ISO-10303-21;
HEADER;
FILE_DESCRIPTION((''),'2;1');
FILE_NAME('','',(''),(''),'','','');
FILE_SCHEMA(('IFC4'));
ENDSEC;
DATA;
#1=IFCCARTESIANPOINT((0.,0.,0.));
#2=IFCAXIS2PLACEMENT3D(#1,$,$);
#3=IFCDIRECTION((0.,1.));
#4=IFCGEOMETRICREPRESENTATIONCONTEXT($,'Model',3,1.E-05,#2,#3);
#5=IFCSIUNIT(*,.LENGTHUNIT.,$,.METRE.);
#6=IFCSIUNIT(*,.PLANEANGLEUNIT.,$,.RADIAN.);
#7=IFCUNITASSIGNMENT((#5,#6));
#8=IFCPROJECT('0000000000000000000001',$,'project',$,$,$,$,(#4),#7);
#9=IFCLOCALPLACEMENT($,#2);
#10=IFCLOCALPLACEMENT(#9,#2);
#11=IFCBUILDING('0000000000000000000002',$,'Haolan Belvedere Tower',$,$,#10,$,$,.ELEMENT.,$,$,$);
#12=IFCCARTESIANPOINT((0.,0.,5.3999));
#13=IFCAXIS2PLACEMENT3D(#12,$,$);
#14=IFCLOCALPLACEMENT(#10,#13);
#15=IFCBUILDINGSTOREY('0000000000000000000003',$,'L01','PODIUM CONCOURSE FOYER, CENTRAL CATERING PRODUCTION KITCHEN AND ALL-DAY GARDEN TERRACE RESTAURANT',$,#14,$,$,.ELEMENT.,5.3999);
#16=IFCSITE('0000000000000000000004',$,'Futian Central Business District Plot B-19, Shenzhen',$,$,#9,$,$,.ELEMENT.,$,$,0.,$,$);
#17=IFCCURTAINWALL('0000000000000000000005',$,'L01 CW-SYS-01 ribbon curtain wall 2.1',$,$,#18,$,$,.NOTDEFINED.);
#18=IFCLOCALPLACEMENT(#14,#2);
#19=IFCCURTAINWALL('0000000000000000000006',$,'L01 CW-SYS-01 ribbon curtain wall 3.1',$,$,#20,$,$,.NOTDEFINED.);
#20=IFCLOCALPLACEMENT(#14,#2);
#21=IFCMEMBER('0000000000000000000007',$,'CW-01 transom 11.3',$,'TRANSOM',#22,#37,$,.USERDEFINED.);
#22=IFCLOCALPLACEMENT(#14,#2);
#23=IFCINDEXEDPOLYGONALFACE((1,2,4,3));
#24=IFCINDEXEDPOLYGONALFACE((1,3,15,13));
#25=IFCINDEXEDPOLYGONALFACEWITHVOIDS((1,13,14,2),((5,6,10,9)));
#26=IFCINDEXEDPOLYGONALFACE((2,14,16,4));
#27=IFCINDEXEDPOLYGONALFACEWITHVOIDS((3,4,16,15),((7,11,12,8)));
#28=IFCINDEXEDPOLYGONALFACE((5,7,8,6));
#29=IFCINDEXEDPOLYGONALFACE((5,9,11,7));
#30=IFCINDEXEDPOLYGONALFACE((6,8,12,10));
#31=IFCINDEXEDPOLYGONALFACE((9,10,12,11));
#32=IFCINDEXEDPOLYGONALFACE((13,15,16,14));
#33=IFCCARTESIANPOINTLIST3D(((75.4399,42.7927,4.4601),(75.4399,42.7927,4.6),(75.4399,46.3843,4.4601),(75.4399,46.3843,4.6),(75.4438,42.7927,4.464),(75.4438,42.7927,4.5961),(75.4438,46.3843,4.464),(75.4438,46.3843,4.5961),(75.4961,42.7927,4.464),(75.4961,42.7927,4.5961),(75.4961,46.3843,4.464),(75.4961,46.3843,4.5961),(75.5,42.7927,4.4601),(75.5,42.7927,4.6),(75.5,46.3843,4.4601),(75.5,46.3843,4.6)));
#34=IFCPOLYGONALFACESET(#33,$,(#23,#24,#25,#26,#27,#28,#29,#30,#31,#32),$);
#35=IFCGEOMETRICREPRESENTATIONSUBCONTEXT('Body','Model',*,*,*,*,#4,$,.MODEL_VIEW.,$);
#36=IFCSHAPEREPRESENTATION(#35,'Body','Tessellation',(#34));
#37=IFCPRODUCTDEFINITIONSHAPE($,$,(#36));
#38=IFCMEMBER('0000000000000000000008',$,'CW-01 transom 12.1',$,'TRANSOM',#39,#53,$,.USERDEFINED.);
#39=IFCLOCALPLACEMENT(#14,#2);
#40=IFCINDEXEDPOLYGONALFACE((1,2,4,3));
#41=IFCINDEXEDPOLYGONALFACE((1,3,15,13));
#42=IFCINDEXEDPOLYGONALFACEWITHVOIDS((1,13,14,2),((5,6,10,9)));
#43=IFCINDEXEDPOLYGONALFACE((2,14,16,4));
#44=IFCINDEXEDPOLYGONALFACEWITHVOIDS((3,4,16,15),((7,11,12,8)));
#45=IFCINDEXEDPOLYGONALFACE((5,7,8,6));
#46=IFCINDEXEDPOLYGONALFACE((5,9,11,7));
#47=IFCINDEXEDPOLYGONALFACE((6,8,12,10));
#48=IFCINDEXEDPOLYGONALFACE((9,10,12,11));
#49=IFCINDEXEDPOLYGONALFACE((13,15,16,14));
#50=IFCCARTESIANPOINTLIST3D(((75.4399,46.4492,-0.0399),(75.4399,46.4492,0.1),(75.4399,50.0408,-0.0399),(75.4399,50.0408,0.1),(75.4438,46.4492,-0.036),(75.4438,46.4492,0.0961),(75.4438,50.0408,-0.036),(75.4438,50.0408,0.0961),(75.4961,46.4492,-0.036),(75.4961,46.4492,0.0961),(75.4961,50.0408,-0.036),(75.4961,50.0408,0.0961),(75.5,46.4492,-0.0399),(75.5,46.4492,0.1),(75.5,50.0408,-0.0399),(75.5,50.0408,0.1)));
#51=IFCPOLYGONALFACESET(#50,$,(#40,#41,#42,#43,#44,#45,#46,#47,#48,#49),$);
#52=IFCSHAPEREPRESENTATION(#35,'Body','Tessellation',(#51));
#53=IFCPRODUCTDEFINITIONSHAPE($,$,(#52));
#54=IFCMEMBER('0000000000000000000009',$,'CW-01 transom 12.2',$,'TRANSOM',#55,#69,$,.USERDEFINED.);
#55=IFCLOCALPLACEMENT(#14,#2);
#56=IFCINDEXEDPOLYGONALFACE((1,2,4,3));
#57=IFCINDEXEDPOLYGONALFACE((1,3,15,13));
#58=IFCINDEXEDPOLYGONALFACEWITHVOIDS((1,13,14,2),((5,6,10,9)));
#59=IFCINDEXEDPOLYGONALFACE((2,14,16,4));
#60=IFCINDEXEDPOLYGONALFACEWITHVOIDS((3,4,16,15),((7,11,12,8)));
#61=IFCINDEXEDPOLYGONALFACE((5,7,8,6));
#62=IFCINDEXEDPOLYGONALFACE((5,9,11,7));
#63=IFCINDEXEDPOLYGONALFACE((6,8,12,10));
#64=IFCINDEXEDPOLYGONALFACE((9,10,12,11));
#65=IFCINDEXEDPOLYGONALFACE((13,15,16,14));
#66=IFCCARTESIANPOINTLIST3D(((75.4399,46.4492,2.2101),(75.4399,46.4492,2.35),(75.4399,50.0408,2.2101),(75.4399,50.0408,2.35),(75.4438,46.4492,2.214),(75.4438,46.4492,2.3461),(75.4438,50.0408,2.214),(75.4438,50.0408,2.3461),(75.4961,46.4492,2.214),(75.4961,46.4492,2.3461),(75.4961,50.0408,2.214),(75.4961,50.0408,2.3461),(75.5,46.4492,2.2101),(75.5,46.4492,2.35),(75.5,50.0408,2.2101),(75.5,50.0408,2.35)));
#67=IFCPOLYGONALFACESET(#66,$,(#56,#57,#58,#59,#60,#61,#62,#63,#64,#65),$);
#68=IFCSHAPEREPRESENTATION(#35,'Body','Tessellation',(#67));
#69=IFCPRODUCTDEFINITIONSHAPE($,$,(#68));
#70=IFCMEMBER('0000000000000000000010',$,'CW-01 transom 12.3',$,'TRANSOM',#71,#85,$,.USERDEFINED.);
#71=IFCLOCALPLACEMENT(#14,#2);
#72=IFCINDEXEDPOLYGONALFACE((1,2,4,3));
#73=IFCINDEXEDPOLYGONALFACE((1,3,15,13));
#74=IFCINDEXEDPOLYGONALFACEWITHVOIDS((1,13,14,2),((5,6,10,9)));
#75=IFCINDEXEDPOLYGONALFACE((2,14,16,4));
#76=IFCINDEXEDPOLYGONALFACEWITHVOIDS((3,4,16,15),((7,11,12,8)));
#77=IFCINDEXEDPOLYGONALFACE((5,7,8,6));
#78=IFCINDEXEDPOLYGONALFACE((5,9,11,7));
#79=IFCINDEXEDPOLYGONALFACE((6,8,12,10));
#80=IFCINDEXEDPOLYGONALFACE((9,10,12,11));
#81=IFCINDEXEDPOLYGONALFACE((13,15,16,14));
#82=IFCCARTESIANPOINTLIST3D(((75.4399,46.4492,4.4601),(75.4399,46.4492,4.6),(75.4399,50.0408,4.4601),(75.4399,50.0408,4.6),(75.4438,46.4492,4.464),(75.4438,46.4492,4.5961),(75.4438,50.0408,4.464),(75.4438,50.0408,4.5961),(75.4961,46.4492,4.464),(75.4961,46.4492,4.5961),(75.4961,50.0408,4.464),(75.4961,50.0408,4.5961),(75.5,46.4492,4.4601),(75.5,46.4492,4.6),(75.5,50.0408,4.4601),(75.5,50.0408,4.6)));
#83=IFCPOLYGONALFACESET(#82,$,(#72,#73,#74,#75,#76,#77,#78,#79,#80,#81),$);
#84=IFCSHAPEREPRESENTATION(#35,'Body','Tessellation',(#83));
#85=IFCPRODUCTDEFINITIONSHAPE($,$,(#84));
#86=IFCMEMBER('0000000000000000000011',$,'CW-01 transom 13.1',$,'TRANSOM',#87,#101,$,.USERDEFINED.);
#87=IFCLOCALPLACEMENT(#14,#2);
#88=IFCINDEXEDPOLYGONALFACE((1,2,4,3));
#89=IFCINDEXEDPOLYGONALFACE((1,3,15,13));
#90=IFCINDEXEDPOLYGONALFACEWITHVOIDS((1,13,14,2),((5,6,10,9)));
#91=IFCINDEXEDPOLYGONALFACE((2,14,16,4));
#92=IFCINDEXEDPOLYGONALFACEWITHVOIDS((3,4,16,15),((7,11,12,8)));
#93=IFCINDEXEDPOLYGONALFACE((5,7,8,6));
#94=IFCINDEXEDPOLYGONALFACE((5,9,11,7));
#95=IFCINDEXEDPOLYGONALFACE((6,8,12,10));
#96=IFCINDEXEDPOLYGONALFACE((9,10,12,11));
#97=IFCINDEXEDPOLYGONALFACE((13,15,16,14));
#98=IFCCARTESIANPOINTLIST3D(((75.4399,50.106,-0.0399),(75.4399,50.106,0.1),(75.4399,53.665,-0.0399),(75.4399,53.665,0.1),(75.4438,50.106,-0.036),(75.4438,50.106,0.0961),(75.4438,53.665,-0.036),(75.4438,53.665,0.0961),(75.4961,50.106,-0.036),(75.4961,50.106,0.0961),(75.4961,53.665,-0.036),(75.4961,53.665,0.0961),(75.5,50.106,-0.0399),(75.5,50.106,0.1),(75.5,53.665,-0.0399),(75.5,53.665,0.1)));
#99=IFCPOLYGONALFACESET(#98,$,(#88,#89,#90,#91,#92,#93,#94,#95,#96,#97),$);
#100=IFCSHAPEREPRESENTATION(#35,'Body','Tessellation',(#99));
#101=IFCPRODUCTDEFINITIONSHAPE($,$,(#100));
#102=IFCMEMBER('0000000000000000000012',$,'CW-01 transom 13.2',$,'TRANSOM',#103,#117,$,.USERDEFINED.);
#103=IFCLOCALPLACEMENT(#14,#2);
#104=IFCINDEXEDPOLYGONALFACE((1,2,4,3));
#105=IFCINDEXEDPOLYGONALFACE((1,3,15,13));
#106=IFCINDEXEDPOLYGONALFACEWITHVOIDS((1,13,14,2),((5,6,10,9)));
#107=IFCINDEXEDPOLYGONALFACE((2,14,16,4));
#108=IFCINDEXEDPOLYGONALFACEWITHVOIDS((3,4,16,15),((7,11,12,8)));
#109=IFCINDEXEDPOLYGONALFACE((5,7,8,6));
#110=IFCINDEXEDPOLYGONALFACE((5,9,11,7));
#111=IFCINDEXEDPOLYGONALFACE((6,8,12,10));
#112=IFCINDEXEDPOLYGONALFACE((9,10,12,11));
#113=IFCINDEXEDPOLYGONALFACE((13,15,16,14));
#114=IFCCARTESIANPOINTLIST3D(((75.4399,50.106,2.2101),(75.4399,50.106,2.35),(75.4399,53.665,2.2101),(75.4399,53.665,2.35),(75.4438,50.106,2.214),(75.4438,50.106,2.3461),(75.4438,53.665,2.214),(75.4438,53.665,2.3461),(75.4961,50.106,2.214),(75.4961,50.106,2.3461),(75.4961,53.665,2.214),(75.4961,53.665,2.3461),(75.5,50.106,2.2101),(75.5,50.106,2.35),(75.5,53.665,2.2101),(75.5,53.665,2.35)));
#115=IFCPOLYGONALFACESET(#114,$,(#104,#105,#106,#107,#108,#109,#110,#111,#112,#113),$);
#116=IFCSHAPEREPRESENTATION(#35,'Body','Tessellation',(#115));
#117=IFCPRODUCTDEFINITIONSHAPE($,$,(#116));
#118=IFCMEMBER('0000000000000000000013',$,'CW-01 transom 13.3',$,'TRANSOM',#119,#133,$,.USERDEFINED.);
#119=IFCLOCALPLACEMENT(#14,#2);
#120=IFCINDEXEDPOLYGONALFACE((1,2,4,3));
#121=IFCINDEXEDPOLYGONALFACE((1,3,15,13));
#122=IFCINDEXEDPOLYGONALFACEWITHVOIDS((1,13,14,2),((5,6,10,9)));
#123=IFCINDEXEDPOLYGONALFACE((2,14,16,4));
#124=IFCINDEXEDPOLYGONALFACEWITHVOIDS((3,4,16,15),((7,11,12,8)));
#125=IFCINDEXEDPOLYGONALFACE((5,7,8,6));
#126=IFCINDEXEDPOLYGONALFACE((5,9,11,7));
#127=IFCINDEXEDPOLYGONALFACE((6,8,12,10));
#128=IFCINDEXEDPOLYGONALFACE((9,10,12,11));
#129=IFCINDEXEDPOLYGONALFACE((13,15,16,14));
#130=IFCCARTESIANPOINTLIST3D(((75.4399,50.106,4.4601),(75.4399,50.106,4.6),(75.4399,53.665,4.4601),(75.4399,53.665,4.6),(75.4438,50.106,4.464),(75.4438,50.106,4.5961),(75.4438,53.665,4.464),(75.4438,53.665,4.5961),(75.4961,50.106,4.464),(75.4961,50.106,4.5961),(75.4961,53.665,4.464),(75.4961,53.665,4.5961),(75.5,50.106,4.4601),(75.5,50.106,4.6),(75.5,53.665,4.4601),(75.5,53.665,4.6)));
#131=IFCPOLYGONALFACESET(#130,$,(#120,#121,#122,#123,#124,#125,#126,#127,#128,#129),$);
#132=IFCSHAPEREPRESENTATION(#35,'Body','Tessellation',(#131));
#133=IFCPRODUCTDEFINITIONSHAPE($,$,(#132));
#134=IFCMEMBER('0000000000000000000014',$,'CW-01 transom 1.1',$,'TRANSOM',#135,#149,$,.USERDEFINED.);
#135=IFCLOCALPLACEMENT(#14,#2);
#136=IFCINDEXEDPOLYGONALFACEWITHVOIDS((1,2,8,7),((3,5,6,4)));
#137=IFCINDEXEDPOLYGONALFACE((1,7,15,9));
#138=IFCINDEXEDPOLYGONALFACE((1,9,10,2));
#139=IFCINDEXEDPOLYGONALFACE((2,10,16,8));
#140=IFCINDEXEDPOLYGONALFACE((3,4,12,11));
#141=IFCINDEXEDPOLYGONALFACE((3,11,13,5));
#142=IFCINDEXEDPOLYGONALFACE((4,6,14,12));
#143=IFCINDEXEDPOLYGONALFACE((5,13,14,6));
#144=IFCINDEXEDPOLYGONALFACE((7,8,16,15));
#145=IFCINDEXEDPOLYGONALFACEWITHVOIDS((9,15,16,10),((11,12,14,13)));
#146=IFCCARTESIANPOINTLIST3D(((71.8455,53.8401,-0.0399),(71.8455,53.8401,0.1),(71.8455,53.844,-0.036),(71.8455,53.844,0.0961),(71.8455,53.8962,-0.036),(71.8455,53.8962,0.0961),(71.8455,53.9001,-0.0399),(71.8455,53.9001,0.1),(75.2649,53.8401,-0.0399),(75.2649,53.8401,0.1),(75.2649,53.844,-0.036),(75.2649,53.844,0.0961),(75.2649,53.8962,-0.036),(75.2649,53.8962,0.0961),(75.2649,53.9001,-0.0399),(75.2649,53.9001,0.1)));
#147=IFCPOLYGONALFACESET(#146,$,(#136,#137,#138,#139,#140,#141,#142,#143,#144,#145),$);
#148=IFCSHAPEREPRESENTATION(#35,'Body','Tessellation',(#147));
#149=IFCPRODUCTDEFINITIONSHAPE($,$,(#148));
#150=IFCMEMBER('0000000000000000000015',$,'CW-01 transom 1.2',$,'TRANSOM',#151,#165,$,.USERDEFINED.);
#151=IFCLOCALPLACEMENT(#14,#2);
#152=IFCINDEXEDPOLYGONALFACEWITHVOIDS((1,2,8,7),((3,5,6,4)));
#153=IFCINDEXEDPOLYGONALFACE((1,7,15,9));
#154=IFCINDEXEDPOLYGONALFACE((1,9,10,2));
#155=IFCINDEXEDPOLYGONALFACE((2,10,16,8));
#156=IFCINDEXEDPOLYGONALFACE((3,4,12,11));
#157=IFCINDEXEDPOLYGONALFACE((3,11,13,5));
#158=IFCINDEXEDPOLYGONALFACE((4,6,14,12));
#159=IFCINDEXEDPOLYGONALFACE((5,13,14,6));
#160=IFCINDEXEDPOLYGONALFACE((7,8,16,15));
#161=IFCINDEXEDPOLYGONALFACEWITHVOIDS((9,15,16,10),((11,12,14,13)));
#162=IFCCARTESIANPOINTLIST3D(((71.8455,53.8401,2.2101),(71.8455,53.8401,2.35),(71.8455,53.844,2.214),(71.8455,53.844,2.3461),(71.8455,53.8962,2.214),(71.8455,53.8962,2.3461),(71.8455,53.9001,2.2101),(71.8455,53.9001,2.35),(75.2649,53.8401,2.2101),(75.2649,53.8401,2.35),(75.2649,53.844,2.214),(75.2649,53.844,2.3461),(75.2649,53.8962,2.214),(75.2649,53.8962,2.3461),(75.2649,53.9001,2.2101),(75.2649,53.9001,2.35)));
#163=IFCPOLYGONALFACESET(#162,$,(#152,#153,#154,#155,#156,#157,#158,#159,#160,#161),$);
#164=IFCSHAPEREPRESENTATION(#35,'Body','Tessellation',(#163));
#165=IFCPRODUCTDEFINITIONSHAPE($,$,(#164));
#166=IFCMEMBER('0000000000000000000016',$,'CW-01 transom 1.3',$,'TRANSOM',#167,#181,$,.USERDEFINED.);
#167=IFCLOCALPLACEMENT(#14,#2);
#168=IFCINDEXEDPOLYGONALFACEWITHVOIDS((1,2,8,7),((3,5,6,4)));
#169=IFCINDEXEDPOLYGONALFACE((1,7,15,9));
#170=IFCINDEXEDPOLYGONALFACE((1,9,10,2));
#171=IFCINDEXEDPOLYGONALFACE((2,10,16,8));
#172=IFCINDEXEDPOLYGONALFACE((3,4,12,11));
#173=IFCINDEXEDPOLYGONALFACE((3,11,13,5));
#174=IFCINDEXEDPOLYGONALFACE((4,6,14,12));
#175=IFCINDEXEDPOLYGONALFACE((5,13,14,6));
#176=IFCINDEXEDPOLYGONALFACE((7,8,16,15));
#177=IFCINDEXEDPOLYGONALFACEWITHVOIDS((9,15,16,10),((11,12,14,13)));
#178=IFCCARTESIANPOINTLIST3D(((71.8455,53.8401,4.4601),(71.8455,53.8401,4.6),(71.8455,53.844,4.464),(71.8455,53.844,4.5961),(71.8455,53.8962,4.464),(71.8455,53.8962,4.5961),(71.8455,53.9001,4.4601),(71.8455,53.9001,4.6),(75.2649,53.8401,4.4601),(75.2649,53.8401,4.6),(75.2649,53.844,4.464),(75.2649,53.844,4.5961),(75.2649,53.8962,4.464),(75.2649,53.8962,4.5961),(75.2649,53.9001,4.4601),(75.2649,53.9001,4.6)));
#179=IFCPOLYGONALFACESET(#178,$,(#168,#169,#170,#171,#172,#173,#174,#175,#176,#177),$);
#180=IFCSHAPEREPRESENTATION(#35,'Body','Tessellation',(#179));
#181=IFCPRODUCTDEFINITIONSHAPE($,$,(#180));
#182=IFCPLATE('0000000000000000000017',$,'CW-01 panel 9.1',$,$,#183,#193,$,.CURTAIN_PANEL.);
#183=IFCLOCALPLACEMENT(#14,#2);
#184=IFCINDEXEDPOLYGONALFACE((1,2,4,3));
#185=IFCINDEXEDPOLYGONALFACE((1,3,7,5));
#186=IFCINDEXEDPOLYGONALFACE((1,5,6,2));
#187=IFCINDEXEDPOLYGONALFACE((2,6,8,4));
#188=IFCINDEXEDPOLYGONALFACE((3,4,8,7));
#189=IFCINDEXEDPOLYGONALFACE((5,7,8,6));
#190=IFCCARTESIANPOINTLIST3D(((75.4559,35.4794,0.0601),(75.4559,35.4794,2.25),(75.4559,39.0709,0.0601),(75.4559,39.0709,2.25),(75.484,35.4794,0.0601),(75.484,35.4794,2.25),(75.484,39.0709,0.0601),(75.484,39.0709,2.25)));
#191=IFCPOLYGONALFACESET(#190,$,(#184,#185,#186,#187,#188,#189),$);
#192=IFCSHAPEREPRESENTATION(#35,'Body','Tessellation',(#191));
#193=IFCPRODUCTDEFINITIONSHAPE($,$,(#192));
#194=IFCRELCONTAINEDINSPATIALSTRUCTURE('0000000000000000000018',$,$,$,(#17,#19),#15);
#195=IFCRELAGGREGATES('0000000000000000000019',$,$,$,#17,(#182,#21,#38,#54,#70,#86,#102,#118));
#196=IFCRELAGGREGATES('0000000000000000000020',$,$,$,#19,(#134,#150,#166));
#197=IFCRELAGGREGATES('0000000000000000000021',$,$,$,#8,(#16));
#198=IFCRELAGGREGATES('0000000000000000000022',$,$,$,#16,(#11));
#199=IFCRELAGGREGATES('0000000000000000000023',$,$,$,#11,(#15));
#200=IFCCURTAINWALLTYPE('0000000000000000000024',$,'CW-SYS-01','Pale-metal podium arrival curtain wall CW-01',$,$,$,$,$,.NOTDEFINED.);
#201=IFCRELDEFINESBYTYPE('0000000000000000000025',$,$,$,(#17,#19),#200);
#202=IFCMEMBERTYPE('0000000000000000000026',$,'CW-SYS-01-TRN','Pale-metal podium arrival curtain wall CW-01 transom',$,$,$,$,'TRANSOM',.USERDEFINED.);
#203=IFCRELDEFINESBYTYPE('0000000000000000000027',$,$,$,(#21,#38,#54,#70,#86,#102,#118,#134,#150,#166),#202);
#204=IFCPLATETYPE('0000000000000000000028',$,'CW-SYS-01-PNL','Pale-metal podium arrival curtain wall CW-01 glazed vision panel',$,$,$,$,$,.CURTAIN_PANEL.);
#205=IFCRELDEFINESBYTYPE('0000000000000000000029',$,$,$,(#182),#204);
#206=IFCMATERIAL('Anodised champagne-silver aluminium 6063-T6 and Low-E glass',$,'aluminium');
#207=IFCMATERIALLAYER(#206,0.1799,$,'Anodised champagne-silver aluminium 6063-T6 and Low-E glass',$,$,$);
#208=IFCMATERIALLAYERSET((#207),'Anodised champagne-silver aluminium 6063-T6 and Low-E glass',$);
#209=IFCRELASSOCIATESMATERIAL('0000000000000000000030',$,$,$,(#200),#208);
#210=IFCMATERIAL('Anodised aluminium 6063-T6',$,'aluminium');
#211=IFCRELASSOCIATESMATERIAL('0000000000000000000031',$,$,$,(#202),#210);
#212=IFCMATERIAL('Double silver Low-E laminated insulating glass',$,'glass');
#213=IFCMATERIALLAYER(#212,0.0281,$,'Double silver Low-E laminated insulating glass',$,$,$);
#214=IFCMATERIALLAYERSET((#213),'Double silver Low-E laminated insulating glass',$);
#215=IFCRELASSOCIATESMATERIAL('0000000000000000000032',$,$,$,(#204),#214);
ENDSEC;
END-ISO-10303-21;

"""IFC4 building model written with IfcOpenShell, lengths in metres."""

from ifc_helpers import new_model, si_unit, direction, frame, origin, origin_2d, place, context, subcontext, project, spatial, rectangle, hollow_rectangle, extrude, material, layer, layer_set, material_profile, profile_set, type_object, element, aggregate, save


model = new_model("IFC4")

# Units and contexts
model_context = context("Model", 3, precision=1e-05, world=origin(), true_north=direction((0.0, 1.0)))
body_context = subcontext(model_context, "Body", "Model", "MODEL_VIEW")
ifc_project = project(units=[si_unit("LENGTHUNIT", "METRE"), si_unit("PLANEANGLEUNIT", "RADIAN")], contexts=[model_context])

# Site, building, storey
site_placement = place(None, origin())
site = spatial("IfcSite", under=ifc_project, at=site_placement, Name="Futian Central Business District Plot B-19, Shenzhen", CompositionType="ELEMENT", RefElevation=0.0)
building_placement = place(site_placement, origin())
building = spatial("IfcBuilding", under=site, at=building_placement, Name="Haolan Belvedere Tower", CompositionType="ELEMENT")
storey_placement = place(building_placement, frame((0.0, 0.0, 5.3999)))
storey = spatial("IfcBuildingStorey", under=building, at=storey_placement, Name="L01", Description="PODIUM CONCOURSE FOYER, CENTRAL CATERING PRODUCTION KITCHEN AND ALL-DAY GARDEN TERRACE RESTAURANT", CompositionType="ELEMENT", Elevation=5.3999)

# Curtain wall
ifc_material_1 = material(Name="Anodised champagne-silver aluminium 6063-T6 and Low-E glass", Category="aluminium")
ifc_layer_1 = layer(ifc_material_1, 0.1799, Name="Anodised champagne-silver aluminium 6063-T6 and Low-E glass")
ifc_layer_set_1 = layer_set([ifc_layer_1], Name="Anodised champagne-silver aluminium 6063-T6 and Low-E glass")
curtain_wall_type = type_object("IfcCurtainWallType", Name="CW-SYS-01", Description="Pale-metal podium arrival curtain wall CW-01", PredefinedType="NOTDEFINED", material=ifc_layer_set_1)
curtain_wall_1_placement = place(storey_placement, origin())
curtain_wall_1 = element("IfcCurtainWall", 1, at=curtain_wall_1_placement, inside=storey, type_object=curtain_wall_type, Name="L01 CW-SYS-01 ribbon curtain wall 2.1", PredefinedType="NOTDEFINED")
ifc_material_2 = material(Name="Anodised aluminium 6063-T6", Category="aluminium")

# Curtain wall
curtain_wall_2_placement = place(storey_placement, origin())
curtain_wall_2 = element("IfcCurtainWall", 2, at=curtain_wall_2_placement, inside=storey, type_object=curtain_wall_type, Name="L01 CW-SYS-01 ribbon curtain wall 3.1", PredefinedType="NOTDEFINED")

# Members
ifc_material_profile_1 = material_profile(ifc_material_2, hollow_rectangle(XDim=0.0601, YDim=0.1399, WallThickness=0.0039, at=origin_2d()), Name="Anodised aluminium 6063-T6")
ifc_profile_set_1 = profile_set([ifc_material_profile_1], Name="Anodised aluminium 6063-T6")
member_type_1 = type_object("IfcMemberType", Name="CW-SYS-01-TRN", Description="Pale-metal podium arrival curtain wall CW-01 transom", ElementType="TRANSOM", PredefinedType="USERDEFINED", material=ifc_profile_set_1)
member_1_placement = place(storey_placement, frame((75.47, 42.7927, 4.53), z_axis=(0.0, 1.0, 0.0), x_axis=(-1.0, 0.0, 0.0)))
member_1 = element("IfcMember", 3, at=member_1_placement, type_object=member_type_1, Name="CW-01 transom 11.3", ObjectType="TRANSOM", PredefinedType="USERDEFINED", context=body_context, shape_type="SweptSolid", body=[
    extrude(hollow_rectangle(XDim=0.0601, YDim=0.1399, WallThickness=0.0039, at=origin_2d()), origin(), (0.0, 0.0, 1.0), 3.5916),
])
member_2_placement = place(storey_placement, frame((75.47, 46.4492, 0.03), z_axis=(0.0, 1.0, 0.0), x_axis=(-1.0, 0.0, 0.0)))
member_2 = element("IfcMember", 4, at=member_2_placement, type_object=member_type_1, Name="CW-01 transom 12.1", ObjectType="TRANSOM", PredefinedType="USERDEFINED", context=body_context, shape_type="SweptSolid", body=[
    extrude(hollow_rectangle(XDim=0.0601, YDim=0.1399, WallThickness=0.0039, at=origin_2d()), origin(), (0.0, 0.0, 1.0), 3.5916),
])
member_3_placement = place(storey_placement, frame((75.47, 46.4492, 2.28), z_axis=(0.0, 1.0, 0.0), x_axis=(-1.0, 0.0, 0.0)))
member_3 = element("IfcMember", 5, at=member_3_placement, type_object=member_type_1, Name="CW-01 transom 12.2", ObjectType="TRANSOM", PredefinedType="USERDEFINED", context=body_context, shape_type="SweptSolid", body=[
    extrude(hollow_rectangle(XDim=0.0601, YDim=0.1399, WallThickness=0.0039, at=origin_2d()), origin(), (0.0, 0.0, 1.0), 3.5916),
])
member_4_placement = place(storey_placement, frame((75.47, 46.4492, 4.53), z_axis=(0.0, 1.0, 0.0), x_axis=(-1.0, 0.0, 0.0)))
member_4 = element("IfcMember", 6, at=member_4_placement, type_object=member_type_1, Name="CW-01 transom 12.3", ObjectType="TRANSOM", PredefinedType="USERDEFINED", context=body_context, shape_type="SweptSolid", body=[
    extrude(hollow_rectangle(XDim=0.0601, YDim=0.1399, WallThickness=0.0039, at=origin_2d()), origin(), (0.0, 0.0, 1.0), 3.5916),
])
member_5_placement = place(storey_placement, frame((75.47, 50.106, 0.03), z_axis=(0.0, 1.0, 0.0), x_axis=(-1.0, 0.0, 0.0)))
member_5 = element("IfcMember", 7, at=member_5_placement, type_object=member_type_1, Name="CW-01 transom 13.1", ObjectType="TRANSOM", PredefinedType="USERDEFINED", context=body_context, shape_type="SweptSolid", body=[
    extrude(hollow_rectangle(XDim=0.0601, YDim=0.1399, WallThickness=0.0039, at=origin_2d()), origin(), (0.0, 0.0, 1.0), 3.5591),
])
member_6_placement = place(storey_placement, frame((75.47, 50.106, 2.28), z_axis=(0.0, 1.0, 0.0), x_axis=(-1.0, 0.0, 0.0)))
member_6 = element("IfcMember", 8, at=member_6_placement, type_object=member_type_1, Name="CW-01 transom 13.2", ObjectType="TRANSOM", PredefinedType="USERDEFINED", context=body_context, shape_type="SweptSolid", body=[
    extrude(hollow_rectangle(XDim=0.0601, YDim=0.1399, WallThickness=0.0039, at=origin_2d()), origin(), (0.0, 0.0, 1.0), 3.5591),
])
member_7_placement = place(storey_placement, frame((75.47, 50.106, 4.53), z_axis=(0.0, 1.0, 0.0), x_axis=(-1.0, 0.0, 0.0)))
member_7 = element("IfcMember", 9, at=member_7_placement, type_object=member_type_1, Name="CW-01 transom 13.3", ObjectType="TRANSOM", PredefinedType="USERDEFINED", context=body_context, shape_type="SweptSolid", body=[
    extrude(hollow_rectangle(XDim=0.0601, YDim=0.1399, WallThickness=0.0039, at=origin_2d()), origin(), (0.0, 0.0, 1.0), 3.5591),
])
member_8_placement = place(storey_placement, frame((75.2649, 53.8701, 0.03), z_axis=(-1.0, 0.0, 0.0), x_axis=(0.0, -1.0, 0.0)))
member_8 = element("IfcMember", 10, at=member_8_placement, type_object=member_type_1, Name="CW-01 transom 1.1", ObjectType="TRANSOM", PredefinedType="USERDEFINED", context=body_context, shape_type="SweptSolid", body=[
    extrude(hollow_rectangle(XDim=0.0601, YDim=0.1399, WallThickness=0.0039, at=origin_2d()), origin(), (0.0, 0.0, 1.0), 3.4194),
])
member_9_placement = place(storey_placement, frame((75.2649, 53.8701, 2.28), z_axis=(-1.0, 0.0, 0.0), x_axis=(0.0, -1.0, 0.0)))
member_9 = element("IfcMember", 11, at=member_9_placement, type_object=member_type_1, Name="CW-01 transom 1.2", ObjectType="TRANSOM", PredefinedType="USERDEFINED", context=body_context, shape_type="SweptSolid", body=[
    extrude(hollow_rectangle(XDim=0.0601, YDim=0.1399, WallThickness=0.0039, at=origin_2d()), origin(), (0.0, 0.0, 1.0), 3.4194),
])
member_10_placement = place(storey_placement, frame((75.2649, 53.8701, 4.53), z_axis=(-1.0, 0.0, 0.0), x_axis=(0.0, -1.0, 0.0)))
member_10 = element("IfcMember", 12, at=member_10_placement, type_object=member_type_1, Name="CW-01 transom 1.3", ObjectType="TRANSOM", PredefinedType="USERDEFINED", context=body_context, shape_type="SweptSolid", body=[
    extrude(hollow_rectangle(XDim=0.0601, YDim=0.1399, WallThickness=0.0039, at=origin_2d()), origin(), (0.0, 0.0, 1.0), 3.4194),
])

# Plate
ifc_material_3 = material(Name="Double silver Low-E laminated insulating glass", Category="glass")
ifc_layer_2 = layer(ifc_material_3, 0.0281, Name="Double silver Low-E laminated insulating glass")
ifc_layer_set_2 = layer_set([ifc_layer_2], Name="Double silver Low-E laminated insulating glass")
plate_type = type_object("IfcPlateType", Name="CW-SYS-01-PNL", Description="Pale-metal podium arrival curtain wall CW-01 glazed vision panel", PredefinedType="CURTAIN_PANEL", material=ifc_layer_set_2)
plate_1_placement = place(storey_placement, frame((75.47, 37.2751, 0.0601), z_axis=(0.0, 0.0, 1.0), x_axis=(0.0, 1.0, 0.0)))
plate_1 = element("IfcPlate", 13, at=plate_1_placement, type_object=plate_type, Name="CW-01 panel 9.1", PredefinedType="CURTAIN_PANEL", context=body_context, shape_type="SweptSolid", body=[
    extrude(rectangle(XDim=3.5916, YDim=0.0281, at=origin_2d()), origin(), (0.0, 0.0, 1.0), 2.1899),
])
aggregate(curtain_wall_1, [plate_1, member_1, member_2, member_3, member_4, member_5, member_6, member_7])
aggregate(curtain_wall_2, [member_8, member_9, member_10])

save(model, "model.ifc")
